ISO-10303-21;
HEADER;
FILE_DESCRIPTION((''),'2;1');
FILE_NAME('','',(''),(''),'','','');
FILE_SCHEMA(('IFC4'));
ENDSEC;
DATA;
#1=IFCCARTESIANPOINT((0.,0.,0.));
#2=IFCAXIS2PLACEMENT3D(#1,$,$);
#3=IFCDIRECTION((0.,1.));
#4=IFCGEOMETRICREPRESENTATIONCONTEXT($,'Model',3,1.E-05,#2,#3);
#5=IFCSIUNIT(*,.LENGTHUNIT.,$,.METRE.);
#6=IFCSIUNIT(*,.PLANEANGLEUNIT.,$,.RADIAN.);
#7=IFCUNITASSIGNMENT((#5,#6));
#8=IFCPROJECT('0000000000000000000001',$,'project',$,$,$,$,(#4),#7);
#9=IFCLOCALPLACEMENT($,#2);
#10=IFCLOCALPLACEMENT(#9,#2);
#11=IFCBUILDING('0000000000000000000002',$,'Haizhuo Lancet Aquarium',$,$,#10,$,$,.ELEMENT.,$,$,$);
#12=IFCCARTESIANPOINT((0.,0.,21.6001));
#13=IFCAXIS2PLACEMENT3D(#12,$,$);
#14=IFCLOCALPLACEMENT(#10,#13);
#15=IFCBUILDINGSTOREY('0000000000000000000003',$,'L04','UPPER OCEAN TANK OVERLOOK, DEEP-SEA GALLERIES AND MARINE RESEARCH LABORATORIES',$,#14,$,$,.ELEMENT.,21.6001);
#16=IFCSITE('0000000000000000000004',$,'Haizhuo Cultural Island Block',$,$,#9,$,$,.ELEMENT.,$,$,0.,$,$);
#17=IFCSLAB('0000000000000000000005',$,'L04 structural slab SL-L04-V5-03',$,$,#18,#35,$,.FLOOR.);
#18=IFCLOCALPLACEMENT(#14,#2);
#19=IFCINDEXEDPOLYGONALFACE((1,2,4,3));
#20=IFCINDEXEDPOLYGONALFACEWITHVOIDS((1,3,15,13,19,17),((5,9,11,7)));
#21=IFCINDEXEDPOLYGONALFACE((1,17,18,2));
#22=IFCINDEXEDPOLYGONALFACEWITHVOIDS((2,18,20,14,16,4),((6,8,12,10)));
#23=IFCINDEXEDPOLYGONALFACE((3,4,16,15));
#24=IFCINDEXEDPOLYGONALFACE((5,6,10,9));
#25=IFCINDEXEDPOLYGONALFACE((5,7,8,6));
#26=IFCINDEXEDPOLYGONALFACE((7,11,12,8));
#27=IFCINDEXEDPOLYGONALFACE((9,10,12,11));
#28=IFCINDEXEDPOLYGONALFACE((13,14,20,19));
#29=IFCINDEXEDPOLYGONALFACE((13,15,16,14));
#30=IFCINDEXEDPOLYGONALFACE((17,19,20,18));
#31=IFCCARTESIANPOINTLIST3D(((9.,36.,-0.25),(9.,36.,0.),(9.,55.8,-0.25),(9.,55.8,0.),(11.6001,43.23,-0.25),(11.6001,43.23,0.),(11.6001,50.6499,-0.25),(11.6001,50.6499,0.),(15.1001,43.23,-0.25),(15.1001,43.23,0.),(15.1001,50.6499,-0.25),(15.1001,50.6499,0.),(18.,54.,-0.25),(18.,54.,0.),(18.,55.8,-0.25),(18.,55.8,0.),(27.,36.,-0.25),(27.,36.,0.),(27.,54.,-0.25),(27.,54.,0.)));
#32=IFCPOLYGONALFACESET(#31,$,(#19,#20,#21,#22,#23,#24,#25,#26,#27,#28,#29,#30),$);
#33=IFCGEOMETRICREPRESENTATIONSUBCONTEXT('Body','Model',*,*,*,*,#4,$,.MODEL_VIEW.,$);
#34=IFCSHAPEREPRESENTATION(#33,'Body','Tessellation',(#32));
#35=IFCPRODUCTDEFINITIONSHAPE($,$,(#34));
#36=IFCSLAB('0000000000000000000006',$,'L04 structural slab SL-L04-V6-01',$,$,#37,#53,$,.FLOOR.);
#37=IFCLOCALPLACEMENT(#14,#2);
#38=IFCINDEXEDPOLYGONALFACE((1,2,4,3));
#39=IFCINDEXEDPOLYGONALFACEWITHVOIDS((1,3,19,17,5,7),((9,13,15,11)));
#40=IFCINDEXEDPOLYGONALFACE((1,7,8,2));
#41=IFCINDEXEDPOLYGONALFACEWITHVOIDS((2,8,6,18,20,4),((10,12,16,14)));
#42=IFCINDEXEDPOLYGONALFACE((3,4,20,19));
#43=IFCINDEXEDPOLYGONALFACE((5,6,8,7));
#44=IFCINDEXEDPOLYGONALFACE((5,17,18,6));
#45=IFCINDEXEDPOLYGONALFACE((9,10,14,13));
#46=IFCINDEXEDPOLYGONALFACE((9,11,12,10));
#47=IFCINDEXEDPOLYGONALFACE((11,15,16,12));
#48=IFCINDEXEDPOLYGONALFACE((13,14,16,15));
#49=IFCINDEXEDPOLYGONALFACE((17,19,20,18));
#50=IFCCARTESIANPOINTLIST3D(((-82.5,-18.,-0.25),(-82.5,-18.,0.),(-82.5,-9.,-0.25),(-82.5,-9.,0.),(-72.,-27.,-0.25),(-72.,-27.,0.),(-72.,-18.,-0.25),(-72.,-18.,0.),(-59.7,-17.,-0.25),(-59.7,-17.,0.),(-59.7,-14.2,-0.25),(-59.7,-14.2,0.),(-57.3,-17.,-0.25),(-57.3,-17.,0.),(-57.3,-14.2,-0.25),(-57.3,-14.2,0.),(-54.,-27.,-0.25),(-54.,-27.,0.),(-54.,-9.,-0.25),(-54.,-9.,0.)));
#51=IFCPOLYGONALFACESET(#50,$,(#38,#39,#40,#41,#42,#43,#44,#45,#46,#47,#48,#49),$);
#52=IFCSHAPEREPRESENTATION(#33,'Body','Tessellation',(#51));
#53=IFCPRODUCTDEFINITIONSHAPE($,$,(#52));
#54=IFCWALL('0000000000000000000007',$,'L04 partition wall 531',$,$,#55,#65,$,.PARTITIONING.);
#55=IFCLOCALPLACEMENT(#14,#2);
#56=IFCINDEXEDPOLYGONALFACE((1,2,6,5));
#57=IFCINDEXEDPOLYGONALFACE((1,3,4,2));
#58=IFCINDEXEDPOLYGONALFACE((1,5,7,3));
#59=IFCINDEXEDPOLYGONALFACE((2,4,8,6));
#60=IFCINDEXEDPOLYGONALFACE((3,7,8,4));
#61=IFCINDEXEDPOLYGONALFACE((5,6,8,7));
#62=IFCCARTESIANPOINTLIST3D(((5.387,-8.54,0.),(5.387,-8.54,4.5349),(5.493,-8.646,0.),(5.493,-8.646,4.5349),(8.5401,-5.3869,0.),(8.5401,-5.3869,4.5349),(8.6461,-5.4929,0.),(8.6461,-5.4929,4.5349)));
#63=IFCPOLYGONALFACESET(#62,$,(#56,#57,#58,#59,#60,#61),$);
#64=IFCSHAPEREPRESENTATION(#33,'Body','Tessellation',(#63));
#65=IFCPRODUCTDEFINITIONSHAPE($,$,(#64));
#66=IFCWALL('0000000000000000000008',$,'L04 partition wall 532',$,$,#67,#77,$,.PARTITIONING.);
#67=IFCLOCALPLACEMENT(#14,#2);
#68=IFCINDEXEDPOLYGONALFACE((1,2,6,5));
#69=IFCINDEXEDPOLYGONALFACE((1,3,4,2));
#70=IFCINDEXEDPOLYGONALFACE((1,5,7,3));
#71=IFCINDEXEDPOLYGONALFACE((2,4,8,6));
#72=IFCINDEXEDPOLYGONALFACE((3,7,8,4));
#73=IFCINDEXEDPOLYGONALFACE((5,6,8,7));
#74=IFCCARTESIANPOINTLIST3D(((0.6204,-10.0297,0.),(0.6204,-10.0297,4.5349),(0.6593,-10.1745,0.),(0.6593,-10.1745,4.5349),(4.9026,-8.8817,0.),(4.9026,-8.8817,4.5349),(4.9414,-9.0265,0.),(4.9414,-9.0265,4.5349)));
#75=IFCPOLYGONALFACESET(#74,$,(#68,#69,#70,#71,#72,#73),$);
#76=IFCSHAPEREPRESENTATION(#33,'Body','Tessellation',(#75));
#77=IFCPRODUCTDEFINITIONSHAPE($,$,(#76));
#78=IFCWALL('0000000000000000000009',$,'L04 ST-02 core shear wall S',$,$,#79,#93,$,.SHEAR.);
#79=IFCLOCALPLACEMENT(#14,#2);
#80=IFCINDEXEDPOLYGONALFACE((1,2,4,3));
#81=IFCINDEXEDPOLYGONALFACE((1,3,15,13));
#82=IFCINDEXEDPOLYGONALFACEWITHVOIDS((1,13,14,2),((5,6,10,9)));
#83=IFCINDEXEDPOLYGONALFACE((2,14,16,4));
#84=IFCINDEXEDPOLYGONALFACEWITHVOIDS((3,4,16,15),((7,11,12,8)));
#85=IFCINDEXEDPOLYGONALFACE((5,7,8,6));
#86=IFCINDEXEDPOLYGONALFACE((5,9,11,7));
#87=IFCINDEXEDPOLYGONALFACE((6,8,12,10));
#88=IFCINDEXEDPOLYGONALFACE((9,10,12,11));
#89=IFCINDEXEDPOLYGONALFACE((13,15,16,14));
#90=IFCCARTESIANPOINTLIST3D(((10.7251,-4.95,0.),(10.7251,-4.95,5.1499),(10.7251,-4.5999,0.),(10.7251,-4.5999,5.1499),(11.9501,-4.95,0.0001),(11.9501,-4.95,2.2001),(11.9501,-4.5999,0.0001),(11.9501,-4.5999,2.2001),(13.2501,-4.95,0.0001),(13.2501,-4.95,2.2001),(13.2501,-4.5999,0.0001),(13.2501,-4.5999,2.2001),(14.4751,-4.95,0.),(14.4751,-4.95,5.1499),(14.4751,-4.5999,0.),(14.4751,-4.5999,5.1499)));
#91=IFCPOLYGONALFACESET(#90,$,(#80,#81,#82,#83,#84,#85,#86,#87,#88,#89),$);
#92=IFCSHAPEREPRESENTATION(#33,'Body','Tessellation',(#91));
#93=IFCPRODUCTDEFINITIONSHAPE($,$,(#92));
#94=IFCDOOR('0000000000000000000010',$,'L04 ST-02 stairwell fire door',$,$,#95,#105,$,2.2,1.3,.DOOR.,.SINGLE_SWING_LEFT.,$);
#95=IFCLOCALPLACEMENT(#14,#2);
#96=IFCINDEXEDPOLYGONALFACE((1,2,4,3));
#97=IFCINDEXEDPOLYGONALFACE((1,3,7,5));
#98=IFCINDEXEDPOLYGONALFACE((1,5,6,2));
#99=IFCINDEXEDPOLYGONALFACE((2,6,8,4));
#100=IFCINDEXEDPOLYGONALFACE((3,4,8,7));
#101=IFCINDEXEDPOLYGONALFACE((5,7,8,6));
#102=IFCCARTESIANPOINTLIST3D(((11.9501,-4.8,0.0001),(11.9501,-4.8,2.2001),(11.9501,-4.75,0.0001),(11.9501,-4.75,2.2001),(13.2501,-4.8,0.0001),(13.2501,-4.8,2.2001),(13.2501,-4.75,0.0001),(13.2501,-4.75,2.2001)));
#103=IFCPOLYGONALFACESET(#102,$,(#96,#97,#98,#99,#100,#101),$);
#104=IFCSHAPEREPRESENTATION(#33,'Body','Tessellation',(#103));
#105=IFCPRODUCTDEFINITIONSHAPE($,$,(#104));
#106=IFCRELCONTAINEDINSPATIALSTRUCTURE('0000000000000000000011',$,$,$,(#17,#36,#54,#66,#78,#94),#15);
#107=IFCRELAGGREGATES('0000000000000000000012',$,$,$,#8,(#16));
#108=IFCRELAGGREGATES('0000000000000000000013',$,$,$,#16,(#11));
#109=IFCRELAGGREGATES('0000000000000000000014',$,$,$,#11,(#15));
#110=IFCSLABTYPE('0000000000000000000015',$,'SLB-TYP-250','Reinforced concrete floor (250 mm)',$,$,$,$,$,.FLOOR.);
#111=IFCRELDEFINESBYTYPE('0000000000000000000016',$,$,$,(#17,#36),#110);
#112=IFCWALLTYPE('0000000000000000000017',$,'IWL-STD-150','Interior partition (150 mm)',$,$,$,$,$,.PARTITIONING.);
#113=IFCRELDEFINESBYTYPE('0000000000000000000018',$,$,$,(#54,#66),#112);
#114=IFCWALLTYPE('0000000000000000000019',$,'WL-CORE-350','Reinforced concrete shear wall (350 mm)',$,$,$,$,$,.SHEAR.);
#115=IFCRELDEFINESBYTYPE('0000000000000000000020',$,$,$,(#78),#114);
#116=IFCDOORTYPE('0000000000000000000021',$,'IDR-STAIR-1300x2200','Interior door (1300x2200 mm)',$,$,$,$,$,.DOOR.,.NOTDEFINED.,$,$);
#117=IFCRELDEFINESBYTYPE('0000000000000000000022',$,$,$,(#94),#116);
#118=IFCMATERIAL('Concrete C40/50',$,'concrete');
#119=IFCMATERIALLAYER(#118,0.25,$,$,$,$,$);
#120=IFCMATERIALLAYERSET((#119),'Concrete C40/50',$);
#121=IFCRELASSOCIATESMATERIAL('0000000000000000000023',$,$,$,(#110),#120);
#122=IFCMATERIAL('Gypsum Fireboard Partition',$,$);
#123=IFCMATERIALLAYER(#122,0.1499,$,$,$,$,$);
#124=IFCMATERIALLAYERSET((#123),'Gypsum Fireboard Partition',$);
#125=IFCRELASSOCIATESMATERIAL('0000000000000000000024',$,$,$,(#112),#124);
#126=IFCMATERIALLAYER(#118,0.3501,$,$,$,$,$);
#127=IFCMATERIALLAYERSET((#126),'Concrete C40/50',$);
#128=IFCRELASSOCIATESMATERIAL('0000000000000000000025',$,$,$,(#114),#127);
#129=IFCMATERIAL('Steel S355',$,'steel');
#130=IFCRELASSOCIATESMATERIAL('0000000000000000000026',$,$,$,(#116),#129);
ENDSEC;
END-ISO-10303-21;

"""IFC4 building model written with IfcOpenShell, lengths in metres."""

from ifc_helpers import new_model, si_unit, direction, frame, frame_2d, origin, place, context, subcontext, project, spatial, polyline, rectangle, outline, extrude, material, layer, layer_set, type_object, element, fill, save


model = new_model("IFC4")

# Units and contexts
model_context = context("Model", 3, precision=1e-05, world=origin(), true_north=direction((0.0, 1.0)))
body_context = subcontext(model_context, "Body", "Model", "MODEL_VIEW")
ifc_project = project(units=[si_unit("LENGTHUNIT", "METRE"), si_unit("PLANEANGLEUNIT", "RADIAN")], contexts=[model_context])

# Site, building, storey
site_placement = place(None, origin())
site = spatial("IfcSite", under=ifc_project, at=site_placement, Name="Haizhuo Cultural Island Block", CompositionType="ELEMENT", RefElevation=0.0)
building_placement = place(site_placement, origin())
building = spatial("IfcBuilding", under=site, at=building_placement, Name="Haizhuo Lancet Aquarium", CompositionType="ELEMENT")
storey_placement = place(building_placement, frame((0.0, 0.0, 21.6001)))
storey = spatial("IfcBuildingStorey", under=building, at=storey_placement, Name="L04", Description="UPPER OCEAN TANK OVERLOOK, DEEP-SEA GALLERIES AND MARINE RESEARCH LABORATORIES", CompositionType="ELEMENT", Elevation=21.6001)

# Shared definitions
ifc_material_1 = material(Name="Concrete C40/50", Category="concrete")
ifc_material_2 = material(Name="Steel S355", Category="steel")

# Slabs
ifc_layer_1 = layer(ifc_material_1, 0.25)
ifc_layer_set_1 = layer_set([ifc_layer_1], Name="Concrete C40/50")
slab_type = type_object("IfcSlabType", Name="SLB-TYP-250", Description="Reinforced concrete floor (250 mm)", PredefinedType="FLOOR", material=ifc_layer_set_1)
slab_1_placement = place(storey_placement, frame((0.0, 0.0, -0.25)))
element("IfcSlab", 1, at=slab_1_placement, inside=storey, type_object=slab_type, Name="L04 structural slab SL-L04-V5-03", PredefinedType="FLOOR", context=body_context, shape_type="SweptSolid", body=[
    extrude(outline(polyline([(9.0, 55.8), (9.0, 36.0), (27.0, 36.0), (27.0, 54.0), (18.0, 54.0), (18.0, 55.8), (9.0, 55.8)]), holes=[polyline([(11.6001, 43.23), (15.1001, 43.23), (15.1001, 50.6499), (11.6001, 50.6499), (11.6001, 43.23)])]), origin(), (0.0, 0.0, 1.0), 0.25),
])
slab_2_placement = place(storey_placement, frame((0.0, 0.0, -0.25)))
element("IfcSlab", 2, at=slab_2_placement, inside=storey, type_object=slab_type, Name="L04 structural slab SL-L04-V6-01", PredefinedType="FLOOR", context=body_context, shape_type="SweptSolid", body=[
    extrude(outline(polyline([(-82.5, -9.0), (-82.5, -18.0), (-72.0, -18.0), (-72.0, -27.0), (-54.0, -27.0), (-54.0, -9.0), (-82.5, -9.0)]), holes=[polyline([(-59.7, -14.2), (-59.7, -17.0), (-57.3, -17.0), (-57.3, -14.2), (-59.7, -14.2)])]), origin(), (0.0, 0.0, 1.0), 0.25),
])

# Walls
ifc_material_3 = material(Name="Gypsum Fireboard Partition")
ifc_layer_2 = layer(ifc_material_3, 0.1499)
ifc_layer_set_2 = layer_set([ifc_layer_2], Name="Gypsum Fireboard Partition")
wall_type_1 = type_object("IfcWallType", Name="IWL-STD-150", Description="Interior partition (150 mm)", PredefinedType="PARTITIONING", material=ifc_layer_set_2)
wall_1_placement = place(storey_placement, frame((8.593, -5.4399, 0.0), z_axis=(0.0, 0.0, 1.0), x_axis=(-0.707107, -0.707107, 0.0)))
element("IfcWall", 3, at=wall_1_placement, inside=storey, type_object=wall_type_1, Name="L04 partition wall 531", PredefinedType="PARTITIONING", context=body_context, shape_type="SweptSolid", body=[
    extrude(rectangle(XDim=4.4592, YDim=0.1499, at=frame_2d((2.2295, 0.0))), origin(), (0.0, 0.0, 1.0), 4.5349),
])
wall_2_placement = place(storey_placement, frame((4.9221, -8.9541, 0.0), z_axis=(0.0, 0.0, 1.0), x_axis=(-0.965896, -0.258931, 0.0)))
element("IfcWall", 4, at=wall_2_placement, inside=storey, type_object=wall_type_1, Name="L04 partition wall 532", PredefinedType="PARTITIONING", context=body_context, shape_type="SweptSolid", body=[
    extrude(rectangle(XDim=4.4333, YDim=0.1499, at=frame_2d((2.2168, 0.0))), origin(), (0.0, 0.0, 1.0), 4.5349),
])

# Wall, opening, door
ifc_layer_3 = layer(ifc_material_1, 0.3501)
ifc_layer_set_3 = layer_set([ifc_layer_3], Name="Concrete C40/50")
wall_type_2 = type_object("IfcWallType", Name="WL-CORE-350", Description="Reinforced concrete shear wall (350 mm)", PredefinedType="SHEAR", material=ifc_layer_set_3)
wall_3_placement = place(storey_placement, frame((10.7251, -4.7749, 0.0), z_axis=(0.0, 0.0, 1.0), x_axis=(1.0, 0.0, 0.0)))
wall_3 = element("IfcWall", 5, at=wall_3_placement, inside=storey, type_object=wall_type_2, Name="L04 ST-02 core shear wall S", PredefinedType="SHEAR", context=body_context, shape_type="SweptSolid", body=[
    extrude(rectangle(XDim=3.75, YDim=0.3501, at=frame_2d((1.875, 0.0))), origin(), (0.0, 0.0, 1.0), 5.1499),
])
opening_placement = place(wall_3_placement, frame((1.2251, 0.0, 0.0)))
opening = element("IfcOpeningElement", 6, at=opening_placement, cuts=wall_3, PredefinedType="OPENING", context=body_context, shape_type="SweptSolid", body=[
    extrude(rectangle(XDim=1.3, YDim=2.2, at=frame_2d((0.6499, 1.1001))), frame((0.0, 0.1851, 0.0), z_axis=(0.0, -1.0, 0.0), x_axis=(1.0, 0.0, 0.0)), (0.0, 0.0, 1.0), 0.3701),
])
door_type = type_object("IfcDoorType", Name="IDR-STAIR-1300x2200", Description="Interior door (1300x2200 mm)", OperationType="NOTDEFINED", PredefinedType="DOOR", material=ifc_material_2)
door_placement = place(opening_placement, origin())
door = element("IfcDoor", 7, at=door_placement, inside=storey, type_object=door_type, Name="L04 ST-02 stairwell fire door", OperationType="SINGLE_SWING_LEFT", OverallHeight=2.2, OverallWidth=1.3, PredefinedType="DOOR", context=body_context, shape_type="SweptSolid", body=[
    extrude(rectangle(XDim=1.3, YDim=2.2, at=frame_2d((0.6499, 1.1001))), frame((0.0, 0.0249, 0.0), z_axis=(0.0, -1.0, 0.0), x_axis=(1.0, 0.0, 0.0)), (0.0, 0.0, 1.0), 0.05),
])
fill(opening, door)

save(model, "model.ifc")
